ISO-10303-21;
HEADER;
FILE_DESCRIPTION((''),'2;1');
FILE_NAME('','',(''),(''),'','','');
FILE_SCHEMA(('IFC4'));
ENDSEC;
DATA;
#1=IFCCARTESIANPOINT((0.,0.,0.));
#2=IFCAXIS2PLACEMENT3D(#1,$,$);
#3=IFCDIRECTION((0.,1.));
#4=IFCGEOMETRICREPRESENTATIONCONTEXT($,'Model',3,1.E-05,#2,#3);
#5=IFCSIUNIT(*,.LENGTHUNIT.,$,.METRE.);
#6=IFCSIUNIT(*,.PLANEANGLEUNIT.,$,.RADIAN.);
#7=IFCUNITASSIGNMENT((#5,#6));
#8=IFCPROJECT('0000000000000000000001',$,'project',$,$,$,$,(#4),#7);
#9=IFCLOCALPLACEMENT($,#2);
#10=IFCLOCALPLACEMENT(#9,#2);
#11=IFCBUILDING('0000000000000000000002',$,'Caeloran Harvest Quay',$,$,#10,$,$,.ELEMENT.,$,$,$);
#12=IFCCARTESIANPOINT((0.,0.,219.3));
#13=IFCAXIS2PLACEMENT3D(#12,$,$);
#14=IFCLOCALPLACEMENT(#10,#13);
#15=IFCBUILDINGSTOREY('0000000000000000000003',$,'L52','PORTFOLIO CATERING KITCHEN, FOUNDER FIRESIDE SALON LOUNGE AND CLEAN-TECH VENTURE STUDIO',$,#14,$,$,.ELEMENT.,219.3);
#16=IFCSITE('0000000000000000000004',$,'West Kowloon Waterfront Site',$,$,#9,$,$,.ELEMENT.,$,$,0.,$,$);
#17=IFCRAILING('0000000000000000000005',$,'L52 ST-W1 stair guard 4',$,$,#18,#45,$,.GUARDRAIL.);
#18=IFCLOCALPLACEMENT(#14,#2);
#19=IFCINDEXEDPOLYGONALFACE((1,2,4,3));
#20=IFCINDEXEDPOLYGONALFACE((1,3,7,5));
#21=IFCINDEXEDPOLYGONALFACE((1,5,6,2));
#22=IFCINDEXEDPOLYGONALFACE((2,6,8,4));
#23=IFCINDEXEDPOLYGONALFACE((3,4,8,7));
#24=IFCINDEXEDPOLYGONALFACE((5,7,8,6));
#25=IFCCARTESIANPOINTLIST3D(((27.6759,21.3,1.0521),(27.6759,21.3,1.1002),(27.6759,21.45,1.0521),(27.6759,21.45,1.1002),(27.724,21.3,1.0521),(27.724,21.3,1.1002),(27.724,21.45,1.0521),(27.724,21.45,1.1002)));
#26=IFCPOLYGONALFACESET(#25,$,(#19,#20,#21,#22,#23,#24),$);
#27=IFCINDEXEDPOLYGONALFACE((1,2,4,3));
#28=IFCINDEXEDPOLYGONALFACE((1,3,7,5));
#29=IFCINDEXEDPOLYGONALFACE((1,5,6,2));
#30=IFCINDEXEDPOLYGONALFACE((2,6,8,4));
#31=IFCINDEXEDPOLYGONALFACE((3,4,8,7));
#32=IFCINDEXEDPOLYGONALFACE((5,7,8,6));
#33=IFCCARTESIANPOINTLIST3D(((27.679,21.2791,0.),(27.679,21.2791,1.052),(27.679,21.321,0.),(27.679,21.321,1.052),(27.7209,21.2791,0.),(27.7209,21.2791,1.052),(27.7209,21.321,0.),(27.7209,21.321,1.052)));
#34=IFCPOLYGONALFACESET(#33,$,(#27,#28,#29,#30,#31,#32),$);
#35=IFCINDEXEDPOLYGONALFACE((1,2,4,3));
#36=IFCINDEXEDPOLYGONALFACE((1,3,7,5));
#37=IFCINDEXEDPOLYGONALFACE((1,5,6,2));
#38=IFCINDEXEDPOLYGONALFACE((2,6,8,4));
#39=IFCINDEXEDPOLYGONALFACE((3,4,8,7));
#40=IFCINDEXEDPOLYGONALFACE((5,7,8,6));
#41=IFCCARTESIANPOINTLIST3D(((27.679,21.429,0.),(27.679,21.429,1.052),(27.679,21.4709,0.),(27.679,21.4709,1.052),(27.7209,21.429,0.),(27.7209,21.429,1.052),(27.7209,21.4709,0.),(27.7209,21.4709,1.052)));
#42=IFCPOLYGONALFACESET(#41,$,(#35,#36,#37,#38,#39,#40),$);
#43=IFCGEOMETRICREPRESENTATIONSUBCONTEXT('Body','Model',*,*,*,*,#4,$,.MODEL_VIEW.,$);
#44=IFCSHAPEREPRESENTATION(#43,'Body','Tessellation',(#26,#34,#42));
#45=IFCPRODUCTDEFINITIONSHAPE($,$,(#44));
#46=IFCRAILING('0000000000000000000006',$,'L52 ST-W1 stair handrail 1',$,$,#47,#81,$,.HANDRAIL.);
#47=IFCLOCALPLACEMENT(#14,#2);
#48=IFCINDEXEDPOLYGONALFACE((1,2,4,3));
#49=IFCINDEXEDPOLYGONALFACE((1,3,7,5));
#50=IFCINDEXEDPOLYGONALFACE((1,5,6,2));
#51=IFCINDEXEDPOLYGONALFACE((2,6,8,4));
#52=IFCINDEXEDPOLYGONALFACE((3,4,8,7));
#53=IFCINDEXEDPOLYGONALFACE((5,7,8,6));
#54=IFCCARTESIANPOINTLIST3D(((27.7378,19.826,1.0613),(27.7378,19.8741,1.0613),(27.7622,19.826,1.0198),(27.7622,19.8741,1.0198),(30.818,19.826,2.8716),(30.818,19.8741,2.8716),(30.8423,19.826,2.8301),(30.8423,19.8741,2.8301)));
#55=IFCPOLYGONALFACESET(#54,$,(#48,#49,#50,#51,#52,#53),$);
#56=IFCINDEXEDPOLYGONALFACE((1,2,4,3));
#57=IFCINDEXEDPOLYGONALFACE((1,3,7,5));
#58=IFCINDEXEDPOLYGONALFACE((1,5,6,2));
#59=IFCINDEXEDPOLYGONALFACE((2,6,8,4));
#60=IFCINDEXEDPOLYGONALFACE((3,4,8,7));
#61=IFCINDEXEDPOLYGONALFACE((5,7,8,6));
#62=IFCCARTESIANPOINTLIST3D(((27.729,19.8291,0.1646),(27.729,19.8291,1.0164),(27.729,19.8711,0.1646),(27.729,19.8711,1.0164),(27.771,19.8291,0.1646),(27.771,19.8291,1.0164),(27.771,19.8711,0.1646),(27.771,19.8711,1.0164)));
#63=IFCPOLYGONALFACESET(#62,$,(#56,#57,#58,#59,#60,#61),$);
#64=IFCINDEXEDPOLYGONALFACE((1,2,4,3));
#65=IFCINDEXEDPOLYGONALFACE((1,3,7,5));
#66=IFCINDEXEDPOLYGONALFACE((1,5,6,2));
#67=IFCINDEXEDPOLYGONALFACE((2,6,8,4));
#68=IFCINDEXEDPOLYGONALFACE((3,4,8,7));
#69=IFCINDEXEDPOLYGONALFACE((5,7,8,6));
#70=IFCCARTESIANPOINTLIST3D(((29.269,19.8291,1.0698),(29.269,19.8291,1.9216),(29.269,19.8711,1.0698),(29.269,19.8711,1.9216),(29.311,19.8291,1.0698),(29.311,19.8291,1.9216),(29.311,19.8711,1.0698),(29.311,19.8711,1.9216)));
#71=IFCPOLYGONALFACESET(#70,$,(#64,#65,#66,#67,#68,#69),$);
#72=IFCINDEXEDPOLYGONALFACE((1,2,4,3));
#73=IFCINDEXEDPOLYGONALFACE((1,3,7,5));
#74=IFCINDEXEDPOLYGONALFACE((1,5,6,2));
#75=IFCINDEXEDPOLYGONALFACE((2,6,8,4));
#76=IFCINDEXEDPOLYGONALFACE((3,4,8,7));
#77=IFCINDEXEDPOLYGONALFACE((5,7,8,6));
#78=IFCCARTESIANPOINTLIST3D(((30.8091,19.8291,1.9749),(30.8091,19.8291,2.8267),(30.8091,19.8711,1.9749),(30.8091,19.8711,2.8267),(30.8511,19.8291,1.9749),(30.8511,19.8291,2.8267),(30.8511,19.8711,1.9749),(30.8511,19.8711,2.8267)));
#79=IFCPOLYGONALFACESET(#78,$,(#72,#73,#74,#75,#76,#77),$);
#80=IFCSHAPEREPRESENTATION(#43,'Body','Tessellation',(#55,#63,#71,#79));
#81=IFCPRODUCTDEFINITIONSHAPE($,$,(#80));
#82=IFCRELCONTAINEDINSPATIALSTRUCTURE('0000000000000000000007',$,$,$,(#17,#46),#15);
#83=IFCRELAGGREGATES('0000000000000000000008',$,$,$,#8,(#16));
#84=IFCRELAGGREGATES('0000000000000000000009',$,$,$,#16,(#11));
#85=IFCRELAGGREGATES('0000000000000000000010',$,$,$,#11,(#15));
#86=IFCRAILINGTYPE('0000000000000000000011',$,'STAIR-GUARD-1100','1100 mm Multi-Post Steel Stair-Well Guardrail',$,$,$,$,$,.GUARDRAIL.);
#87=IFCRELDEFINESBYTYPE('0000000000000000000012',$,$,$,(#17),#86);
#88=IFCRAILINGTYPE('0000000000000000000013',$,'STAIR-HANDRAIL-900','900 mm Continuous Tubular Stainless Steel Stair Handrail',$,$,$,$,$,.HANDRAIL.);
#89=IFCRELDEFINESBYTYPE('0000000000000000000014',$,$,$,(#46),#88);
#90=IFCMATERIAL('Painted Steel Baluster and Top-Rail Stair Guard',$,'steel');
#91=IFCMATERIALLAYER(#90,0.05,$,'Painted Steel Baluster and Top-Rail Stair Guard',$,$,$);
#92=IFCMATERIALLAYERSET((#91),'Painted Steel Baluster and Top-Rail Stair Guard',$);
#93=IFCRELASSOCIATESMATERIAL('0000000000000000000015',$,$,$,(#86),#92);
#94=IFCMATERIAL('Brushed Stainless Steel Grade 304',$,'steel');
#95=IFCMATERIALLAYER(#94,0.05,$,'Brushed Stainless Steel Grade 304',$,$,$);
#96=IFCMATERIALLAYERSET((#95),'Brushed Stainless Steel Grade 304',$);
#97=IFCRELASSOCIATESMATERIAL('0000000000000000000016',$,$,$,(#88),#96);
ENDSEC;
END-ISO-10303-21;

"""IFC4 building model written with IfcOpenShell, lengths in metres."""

from ifc_helpers import new_model, si_unit, direction, frame, origin, origin_2d, place, context, subcontext, project, spatial, rectangle, extrude, material, layer, layer_set, type_object, element, save


model = new_model("IFC4")

# Units and contexts
model_context = context("Model", 3, precision=1e-05, world=origin(), true_north=direction((0.0, 1.0)))
body_context = subcontext(model_context, "Body", "Model", "MODEL_VIEW")
ifc_project = project(units=[si_unit("LENGTHUNIT", "METRE"), si_unit("PLANEANGLEUNIT", "RADIAN")], contexts=[model_context])

# Site, building, storey
site_placement = place(None, origin())
site = spatial("IfcSite", under=ifc_project, at=site_placement, Name="West Kowloon Waterfront Site", CompositionType="ELEMENT", RefElevation=0.0)
building_placement = place(site_placement, origin())
building = spatial("IfcBuilding", under=site, at=building_placement, Name="Caeloran Harvest Quay", CompositionType="ELEMENT")
storey_placement = place(building_placement, frame((0.0, 0.0, 219.3)))
storey = spatial("IfcBuildingStorey", under=building, at=storey_placement, Name="L52", Description="PORTFOLIO CATERING KITCHEN, FOUNDER FIRESIDE SALON LOUNGE AND CLEAN-TECH VENTURE STUDIO", CompositionType="ELEMENT", Elevation=219.3)

# Railings
ifc_material_1 = material(Name="Painted Steel Baluster and Top-Rail Stair Guard", Category="steel")
ifc_layer_1 = layer(ifc_material_1, 0.05, Name="Painted Steel Baluster and Top-Rail Stair Guard")
ifc_layer_set_1 = layer_set([ifc_layer_1], Name="Painted Steel Baluster and Top-Rail Stair Guard")
railing_type_1 = type_object("IfcRailingType", Name="STAIR-GUARD-1100", Description="1100 mm Multi-Post Steel Stair-Well Guardrail", PredefinedType="GUARDRAIL", material=ifc_layer_set_1)
railing_1_placement = place(storey_placement, frame((27.7, 21.3, 0.0)))
element("IfcRailing", 1, at=railing_1_placement, inside=storey, type_object=railing_type_1, Name="L52 ST-W1 stair guard 4", PredefinedType="GUARDRAIL", context=body_context, shape_type="SweptSolid", body=[
    extrude(rectangle(XDim=0.0481, YDim=0.0481, at=origin_2d()), frame((0.0, 0.0, 1.0762), z_axis=(0.0, 1.0, 0.0), x_axis=(-1.0, 0.0, 0.0)), (0.0, 0.0, 1.0), 0.1499),
    extrude(rectangle(XDim=0.042, YDim=0.042, at=origin_2d()), origin(), (0.0, 0.0, 1.0), 1.052),
    extrude(rectangle(XDim=0.042, YDim=0.042, at=origin_2d()), frame((0.0, 0.1499, 0.0)), (0.0, 0.0, 1.0), 1.052),
])
ifc_material_2 = material(Name="Brushed Stainless Steel Grade 304", Category="steel")
ifc_layer_2 = layer(ifc_material_2, 0.05, Name="Brushed Stainless Steel Grade 304")
ifc_layer_set_2 = layer_set([ifc_layer_2], Name="Brushed Stainless Steel Grade 304")
railing_type_2 = type_object("IfcRailingType", Name="STAIR-HANDRAIL-900", Description="900 mm Continuous Tubular Stainless Steel Stair Handrail", PredefinedType="HANDRAIL", material=ifc_layer_set_2)
railing_2_placement = place(storey_placement, frame((27.75, 19.8501, 0.1646)))
element("IfcRailing", 2, at=railing_2_placement, inside=storey, type_object=railing_type_2, Name="L52 ST-W1 stair handrail 1", PredefinedType="HANDRAIL", context=body_context, shape_type="SweptSolid", body=[
    extrude(rectangle(XDim=0.0481, YDim=0.0481, at=origin_2d()), frame((0.0, 0.0, 0.876), z_axis=(0.862119, 0.0, 0.506707), x_axis=(0.0, 1.0, 0.0)), (0.0, 0.0, 1.0), 3.5728),
    extrude(rectangle(XDim=0.042, YDim=0.042, at=origin_2d()), origin(), (0.0, 0.0, 1.0), 0.8518),
    extrude(rectangle(XDim=0.042, YDim=0.042, at=origin_2d()), frame((1.54, 0.0, 0.9053)), (0.0, 0.0, 1.0), 0.8518),
    extrude(rectangle(XDim=0.042, YDim=0.042, at=origin_2d()), frame((3.0801, 0.0, 1.8103)), (0.0, 0.0, 1.0), 0.8518),
])

save(model, "model.ifc")
